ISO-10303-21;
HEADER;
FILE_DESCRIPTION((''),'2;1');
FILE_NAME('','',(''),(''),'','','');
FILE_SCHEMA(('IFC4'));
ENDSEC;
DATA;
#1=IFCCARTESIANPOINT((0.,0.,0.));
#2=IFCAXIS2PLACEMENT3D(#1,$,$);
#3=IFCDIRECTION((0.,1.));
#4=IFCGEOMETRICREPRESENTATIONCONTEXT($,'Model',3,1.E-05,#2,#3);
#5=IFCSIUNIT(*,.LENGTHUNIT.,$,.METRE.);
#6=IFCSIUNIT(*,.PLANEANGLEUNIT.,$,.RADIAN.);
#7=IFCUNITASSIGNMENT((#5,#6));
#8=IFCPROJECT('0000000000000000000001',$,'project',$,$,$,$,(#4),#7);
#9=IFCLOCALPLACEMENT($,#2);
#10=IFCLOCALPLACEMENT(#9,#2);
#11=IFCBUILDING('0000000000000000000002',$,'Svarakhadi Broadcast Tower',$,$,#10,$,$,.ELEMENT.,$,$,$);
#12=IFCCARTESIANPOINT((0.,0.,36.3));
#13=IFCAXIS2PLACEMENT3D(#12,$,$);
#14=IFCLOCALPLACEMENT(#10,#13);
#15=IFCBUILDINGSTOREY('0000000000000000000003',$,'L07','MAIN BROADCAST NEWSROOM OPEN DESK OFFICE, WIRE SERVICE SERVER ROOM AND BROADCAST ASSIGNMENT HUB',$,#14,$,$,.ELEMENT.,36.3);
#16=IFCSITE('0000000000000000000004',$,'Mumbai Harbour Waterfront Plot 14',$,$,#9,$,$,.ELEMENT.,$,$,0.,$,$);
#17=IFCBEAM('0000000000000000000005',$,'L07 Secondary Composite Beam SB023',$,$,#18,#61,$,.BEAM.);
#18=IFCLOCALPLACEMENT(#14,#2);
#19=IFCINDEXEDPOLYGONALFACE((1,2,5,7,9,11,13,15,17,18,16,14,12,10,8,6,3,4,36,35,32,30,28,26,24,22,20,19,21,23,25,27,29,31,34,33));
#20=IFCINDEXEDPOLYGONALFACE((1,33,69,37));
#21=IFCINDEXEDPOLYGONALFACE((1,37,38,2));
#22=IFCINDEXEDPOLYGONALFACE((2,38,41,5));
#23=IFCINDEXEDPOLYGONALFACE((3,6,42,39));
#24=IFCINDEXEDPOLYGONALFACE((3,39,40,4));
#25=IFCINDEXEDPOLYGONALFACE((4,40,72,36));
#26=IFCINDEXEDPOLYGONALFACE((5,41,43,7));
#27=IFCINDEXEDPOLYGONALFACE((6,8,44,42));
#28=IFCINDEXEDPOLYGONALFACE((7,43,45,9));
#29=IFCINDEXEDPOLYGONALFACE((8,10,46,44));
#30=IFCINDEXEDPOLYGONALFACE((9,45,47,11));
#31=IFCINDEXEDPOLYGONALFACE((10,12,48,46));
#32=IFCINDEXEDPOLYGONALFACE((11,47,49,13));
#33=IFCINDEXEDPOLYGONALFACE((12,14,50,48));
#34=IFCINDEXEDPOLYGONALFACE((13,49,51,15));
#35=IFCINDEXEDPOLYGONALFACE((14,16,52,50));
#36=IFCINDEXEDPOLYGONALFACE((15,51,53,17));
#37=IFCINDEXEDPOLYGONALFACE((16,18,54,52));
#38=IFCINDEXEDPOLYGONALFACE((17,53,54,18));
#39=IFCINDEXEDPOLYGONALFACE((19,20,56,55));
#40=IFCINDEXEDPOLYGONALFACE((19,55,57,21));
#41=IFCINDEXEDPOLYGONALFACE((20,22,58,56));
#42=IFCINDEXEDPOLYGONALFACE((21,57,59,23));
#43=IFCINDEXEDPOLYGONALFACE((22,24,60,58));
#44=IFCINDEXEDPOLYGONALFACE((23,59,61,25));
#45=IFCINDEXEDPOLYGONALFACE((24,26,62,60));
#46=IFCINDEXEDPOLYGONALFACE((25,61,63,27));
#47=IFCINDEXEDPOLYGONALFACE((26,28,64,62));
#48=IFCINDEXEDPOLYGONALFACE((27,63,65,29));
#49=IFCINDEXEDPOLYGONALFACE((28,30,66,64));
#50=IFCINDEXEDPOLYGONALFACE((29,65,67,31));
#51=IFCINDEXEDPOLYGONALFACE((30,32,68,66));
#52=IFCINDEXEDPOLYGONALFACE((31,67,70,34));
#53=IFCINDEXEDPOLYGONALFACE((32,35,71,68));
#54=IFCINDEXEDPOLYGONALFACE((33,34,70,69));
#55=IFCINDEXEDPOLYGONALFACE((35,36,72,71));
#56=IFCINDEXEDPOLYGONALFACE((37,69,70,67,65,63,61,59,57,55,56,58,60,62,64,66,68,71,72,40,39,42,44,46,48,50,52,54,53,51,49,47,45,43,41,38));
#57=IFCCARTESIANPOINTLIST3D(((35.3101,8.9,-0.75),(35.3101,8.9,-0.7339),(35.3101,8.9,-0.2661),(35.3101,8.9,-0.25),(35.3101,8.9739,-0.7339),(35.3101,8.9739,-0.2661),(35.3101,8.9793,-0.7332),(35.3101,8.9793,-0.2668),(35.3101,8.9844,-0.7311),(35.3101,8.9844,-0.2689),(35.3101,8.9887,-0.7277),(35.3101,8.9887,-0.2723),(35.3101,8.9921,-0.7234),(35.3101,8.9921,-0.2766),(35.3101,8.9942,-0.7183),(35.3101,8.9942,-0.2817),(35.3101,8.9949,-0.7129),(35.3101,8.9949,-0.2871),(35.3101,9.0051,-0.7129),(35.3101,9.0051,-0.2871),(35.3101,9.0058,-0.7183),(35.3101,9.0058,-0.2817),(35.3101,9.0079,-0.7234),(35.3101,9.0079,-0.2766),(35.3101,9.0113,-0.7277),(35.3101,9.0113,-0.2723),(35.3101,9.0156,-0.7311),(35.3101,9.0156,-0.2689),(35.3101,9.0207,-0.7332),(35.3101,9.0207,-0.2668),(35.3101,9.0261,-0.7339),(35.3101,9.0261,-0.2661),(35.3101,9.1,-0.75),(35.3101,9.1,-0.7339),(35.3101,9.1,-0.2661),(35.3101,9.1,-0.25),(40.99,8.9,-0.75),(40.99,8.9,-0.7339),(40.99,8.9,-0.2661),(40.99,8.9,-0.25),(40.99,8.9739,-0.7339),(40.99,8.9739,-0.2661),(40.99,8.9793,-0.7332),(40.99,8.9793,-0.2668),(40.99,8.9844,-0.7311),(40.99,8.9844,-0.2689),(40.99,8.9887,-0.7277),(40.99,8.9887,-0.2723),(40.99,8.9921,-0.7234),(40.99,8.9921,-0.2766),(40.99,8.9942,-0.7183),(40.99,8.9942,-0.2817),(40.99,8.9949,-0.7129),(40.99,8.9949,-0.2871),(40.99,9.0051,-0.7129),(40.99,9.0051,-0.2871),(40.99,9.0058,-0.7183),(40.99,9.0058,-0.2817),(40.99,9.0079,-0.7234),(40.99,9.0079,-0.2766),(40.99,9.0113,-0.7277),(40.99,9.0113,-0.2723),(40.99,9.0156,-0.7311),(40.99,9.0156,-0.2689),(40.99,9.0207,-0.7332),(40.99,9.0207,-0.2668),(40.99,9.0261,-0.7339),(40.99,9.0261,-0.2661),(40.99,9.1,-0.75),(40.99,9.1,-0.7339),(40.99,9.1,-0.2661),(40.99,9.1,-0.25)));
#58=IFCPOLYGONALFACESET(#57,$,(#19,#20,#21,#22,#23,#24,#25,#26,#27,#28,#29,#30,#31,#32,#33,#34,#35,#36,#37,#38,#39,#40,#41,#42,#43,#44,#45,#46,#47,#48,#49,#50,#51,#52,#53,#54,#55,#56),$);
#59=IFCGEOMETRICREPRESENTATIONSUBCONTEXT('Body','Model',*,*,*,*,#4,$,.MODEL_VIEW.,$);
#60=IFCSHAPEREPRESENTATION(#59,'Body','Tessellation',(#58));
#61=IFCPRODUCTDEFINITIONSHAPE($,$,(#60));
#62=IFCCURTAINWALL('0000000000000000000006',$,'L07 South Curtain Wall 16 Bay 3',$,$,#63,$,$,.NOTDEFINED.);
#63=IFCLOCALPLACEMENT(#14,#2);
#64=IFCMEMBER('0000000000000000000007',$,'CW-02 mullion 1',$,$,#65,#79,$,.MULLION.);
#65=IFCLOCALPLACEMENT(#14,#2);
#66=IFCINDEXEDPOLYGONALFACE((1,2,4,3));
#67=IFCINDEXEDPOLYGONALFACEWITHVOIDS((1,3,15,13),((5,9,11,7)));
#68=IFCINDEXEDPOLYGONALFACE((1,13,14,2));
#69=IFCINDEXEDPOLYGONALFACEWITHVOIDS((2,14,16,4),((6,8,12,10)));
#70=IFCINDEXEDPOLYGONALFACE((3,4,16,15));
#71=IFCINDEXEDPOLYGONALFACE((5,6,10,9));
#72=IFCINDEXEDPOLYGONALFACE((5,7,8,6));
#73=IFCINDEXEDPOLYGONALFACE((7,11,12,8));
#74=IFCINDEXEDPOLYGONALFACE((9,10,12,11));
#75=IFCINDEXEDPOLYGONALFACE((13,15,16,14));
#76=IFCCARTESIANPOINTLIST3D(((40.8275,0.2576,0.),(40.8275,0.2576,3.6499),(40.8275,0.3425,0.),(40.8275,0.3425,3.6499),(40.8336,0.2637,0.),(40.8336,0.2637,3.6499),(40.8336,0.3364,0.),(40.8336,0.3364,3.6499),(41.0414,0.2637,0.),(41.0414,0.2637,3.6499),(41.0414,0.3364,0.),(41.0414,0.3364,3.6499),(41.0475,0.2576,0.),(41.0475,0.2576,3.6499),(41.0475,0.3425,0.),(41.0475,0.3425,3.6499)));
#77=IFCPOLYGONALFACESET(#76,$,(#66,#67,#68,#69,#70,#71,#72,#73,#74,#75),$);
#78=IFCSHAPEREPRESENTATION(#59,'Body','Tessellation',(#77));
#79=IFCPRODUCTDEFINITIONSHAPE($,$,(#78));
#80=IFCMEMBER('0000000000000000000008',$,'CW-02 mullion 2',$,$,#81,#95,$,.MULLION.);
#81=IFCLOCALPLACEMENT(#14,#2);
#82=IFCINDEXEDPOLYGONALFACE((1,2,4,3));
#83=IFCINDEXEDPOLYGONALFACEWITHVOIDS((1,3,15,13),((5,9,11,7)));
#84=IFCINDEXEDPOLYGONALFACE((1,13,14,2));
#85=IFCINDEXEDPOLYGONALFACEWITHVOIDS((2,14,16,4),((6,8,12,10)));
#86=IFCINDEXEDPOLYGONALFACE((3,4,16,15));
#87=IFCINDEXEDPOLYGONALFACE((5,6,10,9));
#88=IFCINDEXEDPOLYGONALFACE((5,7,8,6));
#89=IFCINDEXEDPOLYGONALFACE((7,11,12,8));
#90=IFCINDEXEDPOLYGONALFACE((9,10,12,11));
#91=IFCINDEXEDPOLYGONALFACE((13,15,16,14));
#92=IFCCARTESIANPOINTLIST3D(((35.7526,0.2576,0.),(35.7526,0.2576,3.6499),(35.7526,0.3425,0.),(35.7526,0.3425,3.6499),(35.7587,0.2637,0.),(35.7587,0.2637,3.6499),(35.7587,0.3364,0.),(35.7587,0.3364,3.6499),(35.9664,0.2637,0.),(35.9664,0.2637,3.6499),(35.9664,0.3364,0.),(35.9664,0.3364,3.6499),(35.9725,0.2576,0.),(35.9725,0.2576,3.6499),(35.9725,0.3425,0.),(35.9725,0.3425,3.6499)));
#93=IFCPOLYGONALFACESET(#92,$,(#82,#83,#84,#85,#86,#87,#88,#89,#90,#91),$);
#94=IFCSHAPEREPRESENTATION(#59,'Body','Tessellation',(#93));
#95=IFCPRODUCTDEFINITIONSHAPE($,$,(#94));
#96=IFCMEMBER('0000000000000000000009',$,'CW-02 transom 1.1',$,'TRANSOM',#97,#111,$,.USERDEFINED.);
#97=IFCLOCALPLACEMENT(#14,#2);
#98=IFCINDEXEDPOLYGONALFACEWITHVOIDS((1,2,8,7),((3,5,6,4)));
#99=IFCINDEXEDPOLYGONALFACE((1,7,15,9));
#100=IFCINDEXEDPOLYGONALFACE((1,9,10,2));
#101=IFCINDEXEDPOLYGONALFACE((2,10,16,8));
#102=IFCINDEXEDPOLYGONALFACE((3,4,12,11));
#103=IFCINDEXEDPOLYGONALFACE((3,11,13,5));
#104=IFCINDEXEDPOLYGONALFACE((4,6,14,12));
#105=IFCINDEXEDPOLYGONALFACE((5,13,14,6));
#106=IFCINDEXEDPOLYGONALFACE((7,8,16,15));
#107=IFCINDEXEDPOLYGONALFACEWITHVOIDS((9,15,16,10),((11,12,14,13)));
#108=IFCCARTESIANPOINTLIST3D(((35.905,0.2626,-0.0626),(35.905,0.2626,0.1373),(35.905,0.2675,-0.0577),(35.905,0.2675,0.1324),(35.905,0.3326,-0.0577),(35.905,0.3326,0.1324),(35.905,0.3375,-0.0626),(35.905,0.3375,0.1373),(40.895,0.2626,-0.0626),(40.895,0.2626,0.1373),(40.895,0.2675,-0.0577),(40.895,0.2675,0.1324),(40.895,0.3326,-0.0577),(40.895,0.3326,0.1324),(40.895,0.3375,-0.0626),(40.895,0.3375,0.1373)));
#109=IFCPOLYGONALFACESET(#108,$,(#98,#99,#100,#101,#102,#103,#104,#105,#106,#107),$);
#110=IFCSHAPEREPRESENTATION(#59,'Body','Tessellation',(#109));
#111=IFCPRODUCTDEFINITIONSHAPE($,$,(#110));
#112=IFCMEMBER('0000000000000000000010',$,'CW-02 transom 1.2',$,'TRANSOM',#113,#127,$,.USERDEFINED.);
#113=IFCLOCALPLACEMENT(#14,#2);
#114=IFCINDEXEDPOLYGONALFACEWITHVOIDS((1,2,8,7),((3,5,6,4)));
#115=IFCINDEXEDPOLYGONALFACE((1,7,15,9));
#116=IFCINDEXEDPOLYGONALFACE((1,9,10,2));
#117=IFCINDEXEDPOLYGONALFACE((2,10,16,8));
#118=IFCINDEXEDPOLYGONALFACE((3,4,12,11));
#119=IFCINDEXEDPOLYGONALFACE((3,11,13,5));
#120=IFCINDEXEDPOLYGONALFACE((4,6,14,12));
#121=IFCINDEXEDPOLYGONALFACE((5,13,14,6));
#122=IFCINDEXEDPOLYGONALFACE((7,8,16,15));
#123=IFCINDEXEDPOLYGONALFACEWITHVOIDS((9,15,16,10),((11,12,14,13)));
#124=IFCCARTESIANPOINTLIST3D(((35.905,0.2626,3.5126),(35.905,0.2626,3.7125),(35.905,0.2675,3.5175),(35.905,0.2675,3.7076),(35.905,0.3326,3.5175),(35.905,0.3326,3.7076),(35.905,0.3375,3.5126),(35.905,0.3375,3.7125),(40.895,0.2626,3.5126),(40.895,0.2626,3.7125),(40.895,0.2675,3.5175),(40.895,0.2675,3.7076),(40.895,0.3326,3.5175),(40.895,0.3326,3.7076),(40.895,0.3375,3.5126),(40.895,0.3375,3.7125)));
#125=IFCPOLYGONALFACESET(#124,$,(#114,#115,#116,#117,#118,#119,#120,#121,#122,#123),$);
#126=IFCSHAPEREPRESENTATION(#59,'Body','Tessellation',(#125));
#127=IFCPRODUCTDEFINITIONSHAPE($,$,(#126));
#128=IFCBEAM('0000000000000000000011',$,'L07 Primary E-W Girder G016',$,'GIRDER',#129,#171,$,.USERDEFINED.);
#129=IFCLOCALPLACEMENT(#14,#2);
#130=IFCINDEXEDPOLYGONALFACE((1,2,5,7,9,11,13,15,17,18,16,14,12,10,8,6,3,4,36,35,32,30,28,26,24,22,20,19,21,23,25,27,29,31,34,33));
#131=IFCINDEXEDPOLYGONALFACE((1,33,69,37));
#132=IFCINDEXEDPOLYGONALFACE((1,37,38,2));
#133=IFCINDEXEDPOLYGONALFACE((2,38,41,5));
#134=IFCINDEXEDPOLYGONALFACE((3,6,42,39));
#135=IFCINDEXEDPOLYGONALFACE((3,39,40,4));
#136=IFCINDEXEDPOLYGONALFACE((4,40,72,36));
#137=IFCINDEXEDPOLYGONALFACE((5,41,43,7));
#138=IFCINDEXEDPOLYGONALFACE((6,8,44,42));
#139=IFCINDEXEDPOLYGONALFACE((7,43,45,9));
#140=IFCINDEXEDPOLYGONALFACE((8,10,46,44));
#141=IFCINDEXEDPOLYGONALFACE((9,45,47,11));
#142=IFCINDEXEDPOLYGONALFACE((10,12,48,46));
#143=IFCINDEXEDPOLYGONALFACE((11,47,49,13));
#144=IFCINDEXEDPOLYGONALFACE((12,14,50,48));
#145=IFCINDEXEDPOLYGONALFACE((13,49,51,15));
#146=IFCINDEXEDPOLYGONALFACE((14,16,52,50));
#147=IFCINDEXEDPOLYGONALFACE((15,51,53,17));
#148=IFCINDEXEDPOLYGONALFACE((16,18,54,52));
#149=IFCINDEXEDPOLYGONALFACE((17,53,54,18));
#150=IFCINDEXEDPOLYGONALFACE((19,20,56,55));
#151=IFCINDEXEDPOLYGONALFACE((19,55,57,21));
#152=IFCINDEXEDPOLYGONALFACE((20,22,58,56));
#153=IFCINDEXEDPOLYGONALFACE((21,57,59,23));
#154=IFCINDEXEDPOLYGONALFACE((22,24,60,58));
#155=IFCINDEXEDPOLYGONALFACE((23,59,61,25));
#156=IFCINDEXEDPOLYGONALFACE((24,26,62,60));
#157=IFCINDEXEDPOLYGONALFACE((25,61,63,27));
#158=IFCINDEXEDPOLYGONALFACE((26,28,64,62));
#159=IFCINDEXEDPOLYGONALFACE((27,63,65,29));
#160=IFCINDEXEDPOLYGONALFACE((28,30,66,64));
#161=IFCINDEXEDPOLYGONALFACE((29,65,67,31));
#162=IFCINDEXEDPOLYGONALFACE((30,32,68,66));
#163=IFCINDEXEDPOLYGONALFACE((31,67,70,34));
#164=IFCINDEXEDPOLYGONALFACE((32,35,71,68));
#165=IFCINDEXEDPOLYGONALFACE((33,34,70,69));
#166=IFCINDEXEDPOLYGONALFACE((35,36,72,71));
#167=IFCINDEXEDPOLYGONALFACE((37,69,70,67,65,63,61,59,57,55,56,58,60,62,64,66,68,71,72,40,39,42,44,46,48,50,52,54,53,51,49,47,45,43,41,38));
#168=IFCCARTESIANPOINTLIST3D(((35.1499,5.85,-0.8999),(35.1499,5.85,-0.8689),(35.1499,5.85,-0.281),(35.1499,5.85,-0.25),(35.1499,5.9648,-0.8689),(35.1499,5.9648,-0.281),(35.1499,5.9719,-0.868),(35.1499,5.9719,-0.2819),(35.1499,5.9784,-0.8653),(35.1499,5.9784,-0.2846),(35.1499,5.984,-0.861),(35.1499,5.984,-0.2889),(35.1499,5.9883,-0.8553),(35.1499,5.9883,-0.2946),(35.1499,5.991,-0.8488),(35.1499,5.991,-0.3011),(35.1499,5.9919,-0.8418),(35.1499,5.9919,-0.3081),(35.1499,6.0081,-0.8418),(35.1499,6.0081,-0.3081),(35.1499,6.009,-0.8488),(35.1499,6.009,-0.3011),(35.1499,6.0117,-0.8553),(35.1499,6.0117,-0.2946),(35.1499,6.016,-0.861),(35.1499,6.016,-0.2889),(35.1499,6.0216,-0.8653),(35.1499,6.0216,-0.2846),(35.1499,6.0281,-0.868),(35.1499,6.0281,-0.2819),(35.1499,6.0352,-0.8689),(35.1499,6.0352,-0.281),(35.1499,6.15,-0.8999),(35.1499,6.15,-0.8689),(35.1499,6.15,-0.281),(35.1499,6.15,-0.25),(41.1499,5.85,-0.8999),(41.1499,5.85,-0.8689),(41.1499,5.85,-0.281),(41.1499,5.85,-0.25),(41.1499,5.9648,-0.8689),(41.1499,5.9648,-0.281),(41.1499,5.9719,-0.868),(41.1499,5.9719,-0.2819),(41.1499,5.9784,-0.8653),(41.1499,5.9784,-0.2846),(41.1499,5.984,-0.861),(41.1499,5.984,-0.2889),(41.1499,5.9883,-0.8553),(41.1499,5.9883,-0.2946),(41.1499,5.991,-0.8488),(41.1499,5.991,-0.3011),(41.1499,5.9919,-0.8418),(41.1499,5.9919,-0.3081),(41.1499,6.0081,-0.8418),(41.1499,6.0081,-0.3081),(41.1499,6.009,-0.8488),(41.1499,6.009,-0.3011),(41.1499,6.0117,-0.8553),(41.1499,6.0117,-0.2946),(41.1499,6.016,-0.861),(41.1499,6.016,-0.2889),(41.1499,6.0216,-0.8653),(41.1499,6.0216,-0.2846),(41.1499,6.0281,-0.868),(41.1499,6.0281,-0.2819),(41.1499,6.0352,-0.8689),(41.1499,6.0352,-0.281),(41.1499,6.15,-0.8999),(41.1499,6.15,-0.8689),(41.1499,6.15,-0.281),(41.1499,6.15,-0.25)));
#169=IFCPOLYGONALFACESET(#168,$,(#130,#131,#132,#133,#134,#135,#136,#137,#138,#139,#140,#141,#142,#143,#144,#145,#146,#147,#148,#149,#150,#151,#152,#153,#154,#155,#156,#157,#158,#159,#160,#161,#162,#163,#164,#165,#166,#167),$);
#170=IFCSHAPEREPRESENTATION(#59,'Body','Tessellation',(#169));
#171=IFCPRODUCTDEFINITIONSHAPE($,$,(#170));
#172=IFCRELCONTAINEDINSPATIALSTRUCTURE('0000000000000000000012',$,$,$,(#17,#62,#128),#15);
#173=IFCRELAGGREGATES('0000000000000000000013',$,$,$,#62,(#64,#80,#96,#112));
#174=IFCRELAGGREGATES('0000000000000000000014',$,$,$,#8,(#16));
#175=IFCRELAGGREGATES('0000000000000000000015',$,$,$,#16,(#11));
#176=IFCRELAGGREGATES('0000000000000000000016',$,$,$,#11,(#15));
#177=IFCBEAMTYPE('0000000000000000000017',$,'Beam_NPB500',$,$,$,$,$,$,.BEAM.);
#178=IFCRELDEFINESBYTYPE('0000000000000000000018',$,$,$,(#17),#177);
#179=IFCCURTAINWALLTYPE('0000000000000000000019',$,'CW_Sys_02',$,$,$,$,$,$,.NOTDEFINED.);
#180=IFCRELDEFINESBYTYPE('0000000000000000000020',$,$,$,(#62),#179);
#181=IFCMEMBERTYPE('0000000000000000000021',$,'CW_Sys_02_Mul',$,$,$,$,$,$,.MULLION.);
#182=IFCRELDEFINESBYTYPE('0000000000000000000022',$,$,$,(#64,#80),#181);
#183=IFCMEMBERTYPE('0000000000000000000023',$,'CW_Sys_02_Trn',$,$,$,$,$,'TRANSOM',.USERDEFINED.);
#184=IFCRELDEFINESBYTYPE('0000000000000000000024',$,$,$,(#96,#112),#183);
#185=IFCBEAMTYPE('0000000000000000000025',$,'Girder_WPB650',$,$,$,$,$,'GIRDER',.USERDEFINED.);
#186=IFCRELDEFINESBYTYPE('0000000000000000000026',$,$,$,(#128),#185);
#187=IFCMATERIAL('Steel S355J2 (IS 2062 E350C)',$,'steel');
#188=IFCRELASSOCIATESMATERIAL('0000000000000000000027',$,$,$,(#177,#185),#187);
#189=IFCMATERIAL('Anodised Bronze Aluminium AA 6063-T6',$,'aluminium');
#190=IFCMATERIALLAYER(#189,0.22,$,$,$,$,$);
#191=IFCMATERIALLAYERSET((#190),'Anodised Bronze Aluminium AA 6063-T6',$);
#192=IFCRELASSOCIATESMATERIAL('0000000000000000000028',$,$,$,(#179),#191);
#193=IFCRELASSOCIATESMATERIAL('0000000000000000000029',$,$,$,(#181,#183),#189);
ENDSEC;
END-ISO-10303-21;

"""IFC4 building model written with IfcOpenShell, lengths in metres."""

from ifc_helpers import new_model, si_unit, direction, frame, origin, origin_2d, place, context, subcontext, project, spatial, hollow_rectangle, i_section, extrude, material, layer, layer_set, material_profile, profile_set, type_object, element, aggregate, save


model = new_model("IFC4")

# Units and contexts
model_context = context("Model", 3, precision=1e-05, world=origin(), true_north=direction((0.0, 1.0)))
body_context = subcontext(model_context, "Body", "Model", "MODEL_VIEW")
ifc_project = project(units=[si_unit("LENGTHUNIT", "METRE"), si_unit("PLANEANGLEUNIT", "RADIAN")], contexts=[model_context])

# Site, building, storey
site_placement = place(None, origin())
site = spatial("IfcSite", under=ifc_project, at=site_placement, Name="Mumbai Harbour Waterfront Plot 14", CompositionType="ELEMENT", RefElevation=0.0)
building_placement = place(site_placement, origin())
building = spatial("IfcBuilding", under=site, at=building_placement, Name="Svarakhadi Broadcast Tower", CompositionType="ELEMENT")
storey_placement = place(building_placement, frame((0.0, 0.0, 36.3)))
storey = spatial("IfcBuildingStorey", under=building, at=storey_placement, Name="L07", Description="MAIN BROADCAST NEWSROOM OPEN DESK OFFICE, WIRE SERVICE SERVER ROOM AND BROADCAST ASSIGNMENT HUB", CompositionType="ELEMENT", Elevation=36.3)

# Beam
ifc_material_1 = material(Name="Steel S355J2 (IS 2062 E350C)", Category="steel")
ifc_material_profile_1 = material_profile(ifc_material_1, i_section(OverallWidth=0.2, OverallDepth=0.5, WebThickness=0.0103, FlangeThickness=0.0161, FilletRadius=0.021, at=origin_2d()), Name="NPB 500x200x91")
ifc_profile_set_1 = profile_set([ifc_material_profile_1], Name="Steel S355J2 (IS 2062 E350C)")
beam_type_1 = type_object("IfcBeamType", Name="Beam_NPB500", PredefinedType="BEAM", material=ifc_profile_set_1)
for number, where, z_axis, x_axis, name in (
    (1, (35.3101, 9.0, -0.5), (1.0, 0.0, 0.0), (0.0, 1.0, 0.0), "L07 Secondary Composite Beam SB023"),
):
    element("IfcBeam", number, at=place(storey_placement, frame(where, z_axis=z_axis, x_axis=x_axis)), inside=storey, type_object=beam_type_1, Name=name, PredefinedType="BEAM", context=body_context, shape_type="SweptSolid", body=[
        extrude(i_section(OverallWidth=0.2, OverallDepth=0.5, WebThickness=0.0103, FlangeThickness=0.0161, FilletRadius=0.021, at=origin_2d()), origin(), (0.0, 0.0, 1.0), 5.6799),
    ])

# Curtain wall, members
ifc_material_2 = material(Name="Anodised Bronze Aluminium AA 6063-T6", Category="aluminium")
ifc_layer_1 = layer(ifc_material_2, 0.22)
ifc_layer_set_1 = layer_set([ifc_layer_1], Name="Anodised Bronze Aluminium AA 6063-T6")
curtain_wall_type = type_object("IfcCurtainWallType", Name="CW_Sys_02", PredefinedType="NOTDEFINED", material=ifc_layer_set_1)
curtain_wall_placement = place(storey_placement, origin())
curtain_wall = element("IfcCurtainWall", 2, at=curtain_wall_placement, inside=storey, type_object=curtain_wall_type, Name="L07 South Curtain Wall 16 Bay 3", PredefinedType="NOTDEFINED")
ifc_material_profile_2 = material_profile(ifc_material_2, hollow_rectangle(XDim=0.085, YDim=0.22, WallThickness=0.0061, at=origin_2d()), Name="ALU MULLION 220x85x6")
ifc_profile_set_2 = profile_set([ifc_material_profile_2], Name="Anodised Bronze Aluminium AA 6063-T6")
member_type_1 = type_object("IfcMemberType", Name="CW_Sys_02_Mul", PredefinedType="MULLION", material=ifc_profile_set_2)
member_1_placement = place(storey_placement, frame((40.9375, 0.3, 0.0), z_axis=(0.0, 0.0, 1.0), x_axis=(0.0, -1.0, 0.0)))
member_1 = element("IfcMember", 3, at=member_1_placement, type_object=member_type_1, Name="CW-02 mullion 1", PredefinedType="MULLION", context=body_context, shape_type="SweptSolid", body=[
    extrude(hollow_rectangle(XDim=0.085, YDim=0.22, WallThickness=0.0061, at=origin_2d()), origin(), (0.0, 0.0, 1.0), 3.6499),
])
member_2_placement = place(storey_placement, frame((35.8625, 0.3, 0.0), z_axis=(0.0, 0.0, 1.0), x_axis=(0.0, -1.0, 0.0)))
member_2 = element("IfcMember", 4, at=member_2_placement, type_object=member_type_1, Name="CW-02 mullion 2", PredefinedType="MULLION", context=body_context, shape_type="SweptSolid", body=[
    extrude(hollow_rectangle(XDim=0.085, YDim=0.22, WallThickness=0.0061, at=origin_2d()), origin(), (0.0, 0.0, 1.0), 3.6499),
])
ifc_material_profile_3 = material_profile(ifc_material_2, hollow_rectangle(XDim=0.075, YDim=0.2, WallThickness=0.0049, at=origin_2d()), Name="ALU TRANSOM 200x75x5")
ifc_profile_set_3 = profile_set([ifc_material_profile_3], Name="Anodised Bronze Aluminium AA 6063-T6")
member_type_2 = type_object("IfcMemberType", Name="CW_Sys_02_Trn", ElementType="TRANSOM", PredefinedType="USERDEFINED", material=ifc_profile_set_3)
member_3_placement = place(storey_placement, frame((40.895, 0.3, 0.0374), z_axis=(-1.0, 0.0, 0.0), x_axis=(0.0, -1.0, 0.0)))
member_3 = element("IfcMember", 5, at=member_3_placement, type_object=member_type_2, Name="CW-02 transom 1.1", ObjectType="TRANSOM", PredefinedType="USERDEFINED", context=body_context, shape_type="SweptSolid", body=[
    extrude(hollow_rectangle(XDim=0.075, YDim=0.2, WallThickness=0.0049, at=origin_2d()), origin(), (0.0, 0.0, 1.0), 4.99),
])
member_4_placement = place(storey_placement, frame((40.895, 0.3, 3.6125), z_axis=(-1.0, 0.0, 0.0), x_axis=(0.0, -1.0, 0.0)))
member_4 = element("IfcMember", 6, at=member_4_placement, type_object=member_type_2, Name="CW-02 transom 1.2", ObjectType="TRANSOM", PredefinedType="USERDEFINED", context=body_context, shape_type="SweptSolid", body=[
    extrude(hollow_rectangle(XDim=0.075, YDim=0.2, WallThickness=0.0049, at=origin_2d()), origin(), (0.0, 0.0, 1.0), 4.99),
])

# Beam
ifc_material_profile_4 = material_profile(ifc_material_1, i_section(OverallWidth=0.3, OverallDepth=0.6499, WebThickness=0.0161, FlangeThickness=0.031, FilletRadius=0.0271, at=origin_2d()), Name="WPB 650x300x225")
ifc_profile_set_4 = profile_set([ifc_material_profile_4], Name="Steel S355J2 (IS 2062 E350C)")
beam_type_2 = type_object("IfcBeamType", Name="Girder_WPB650", ElementType="GIRDER", PredefinedType="USERDEFINED", material=ifc_profile_set_4)
for number, where, z_axis, x_axis, name in (
    (7, (35.1499, 6.0, -0.575), (1.0, 0.0, 0.0), (0.0, 1.0, 0.0), "L07 Primary E-W Girder G016"),
):
    element("IfcBeam", number, at=place(storey_placement, frame(where, z_axis=z_axis, x_axis=x_axis)), inside=storey, type_object=beam_type_2, Name=name, ObjectType="GIRDER", PredefinedType="USERDEFINED", context=body_context, shape_type="SweptSolid", body=[
        extrude(i_section(OverallWidth=0.3, OverallDepth=0.6499, WebThickness=0.0161, FlangeThickness=0.031, FilletRadius=0.0271, at=origin_2d()), origin(), (0.0, 0.0, 1.0), 6.0),
    ])

aggregate(curtain_wall, [member_1, member_2, member_3, member_4])

save(model, "model.ifc")
